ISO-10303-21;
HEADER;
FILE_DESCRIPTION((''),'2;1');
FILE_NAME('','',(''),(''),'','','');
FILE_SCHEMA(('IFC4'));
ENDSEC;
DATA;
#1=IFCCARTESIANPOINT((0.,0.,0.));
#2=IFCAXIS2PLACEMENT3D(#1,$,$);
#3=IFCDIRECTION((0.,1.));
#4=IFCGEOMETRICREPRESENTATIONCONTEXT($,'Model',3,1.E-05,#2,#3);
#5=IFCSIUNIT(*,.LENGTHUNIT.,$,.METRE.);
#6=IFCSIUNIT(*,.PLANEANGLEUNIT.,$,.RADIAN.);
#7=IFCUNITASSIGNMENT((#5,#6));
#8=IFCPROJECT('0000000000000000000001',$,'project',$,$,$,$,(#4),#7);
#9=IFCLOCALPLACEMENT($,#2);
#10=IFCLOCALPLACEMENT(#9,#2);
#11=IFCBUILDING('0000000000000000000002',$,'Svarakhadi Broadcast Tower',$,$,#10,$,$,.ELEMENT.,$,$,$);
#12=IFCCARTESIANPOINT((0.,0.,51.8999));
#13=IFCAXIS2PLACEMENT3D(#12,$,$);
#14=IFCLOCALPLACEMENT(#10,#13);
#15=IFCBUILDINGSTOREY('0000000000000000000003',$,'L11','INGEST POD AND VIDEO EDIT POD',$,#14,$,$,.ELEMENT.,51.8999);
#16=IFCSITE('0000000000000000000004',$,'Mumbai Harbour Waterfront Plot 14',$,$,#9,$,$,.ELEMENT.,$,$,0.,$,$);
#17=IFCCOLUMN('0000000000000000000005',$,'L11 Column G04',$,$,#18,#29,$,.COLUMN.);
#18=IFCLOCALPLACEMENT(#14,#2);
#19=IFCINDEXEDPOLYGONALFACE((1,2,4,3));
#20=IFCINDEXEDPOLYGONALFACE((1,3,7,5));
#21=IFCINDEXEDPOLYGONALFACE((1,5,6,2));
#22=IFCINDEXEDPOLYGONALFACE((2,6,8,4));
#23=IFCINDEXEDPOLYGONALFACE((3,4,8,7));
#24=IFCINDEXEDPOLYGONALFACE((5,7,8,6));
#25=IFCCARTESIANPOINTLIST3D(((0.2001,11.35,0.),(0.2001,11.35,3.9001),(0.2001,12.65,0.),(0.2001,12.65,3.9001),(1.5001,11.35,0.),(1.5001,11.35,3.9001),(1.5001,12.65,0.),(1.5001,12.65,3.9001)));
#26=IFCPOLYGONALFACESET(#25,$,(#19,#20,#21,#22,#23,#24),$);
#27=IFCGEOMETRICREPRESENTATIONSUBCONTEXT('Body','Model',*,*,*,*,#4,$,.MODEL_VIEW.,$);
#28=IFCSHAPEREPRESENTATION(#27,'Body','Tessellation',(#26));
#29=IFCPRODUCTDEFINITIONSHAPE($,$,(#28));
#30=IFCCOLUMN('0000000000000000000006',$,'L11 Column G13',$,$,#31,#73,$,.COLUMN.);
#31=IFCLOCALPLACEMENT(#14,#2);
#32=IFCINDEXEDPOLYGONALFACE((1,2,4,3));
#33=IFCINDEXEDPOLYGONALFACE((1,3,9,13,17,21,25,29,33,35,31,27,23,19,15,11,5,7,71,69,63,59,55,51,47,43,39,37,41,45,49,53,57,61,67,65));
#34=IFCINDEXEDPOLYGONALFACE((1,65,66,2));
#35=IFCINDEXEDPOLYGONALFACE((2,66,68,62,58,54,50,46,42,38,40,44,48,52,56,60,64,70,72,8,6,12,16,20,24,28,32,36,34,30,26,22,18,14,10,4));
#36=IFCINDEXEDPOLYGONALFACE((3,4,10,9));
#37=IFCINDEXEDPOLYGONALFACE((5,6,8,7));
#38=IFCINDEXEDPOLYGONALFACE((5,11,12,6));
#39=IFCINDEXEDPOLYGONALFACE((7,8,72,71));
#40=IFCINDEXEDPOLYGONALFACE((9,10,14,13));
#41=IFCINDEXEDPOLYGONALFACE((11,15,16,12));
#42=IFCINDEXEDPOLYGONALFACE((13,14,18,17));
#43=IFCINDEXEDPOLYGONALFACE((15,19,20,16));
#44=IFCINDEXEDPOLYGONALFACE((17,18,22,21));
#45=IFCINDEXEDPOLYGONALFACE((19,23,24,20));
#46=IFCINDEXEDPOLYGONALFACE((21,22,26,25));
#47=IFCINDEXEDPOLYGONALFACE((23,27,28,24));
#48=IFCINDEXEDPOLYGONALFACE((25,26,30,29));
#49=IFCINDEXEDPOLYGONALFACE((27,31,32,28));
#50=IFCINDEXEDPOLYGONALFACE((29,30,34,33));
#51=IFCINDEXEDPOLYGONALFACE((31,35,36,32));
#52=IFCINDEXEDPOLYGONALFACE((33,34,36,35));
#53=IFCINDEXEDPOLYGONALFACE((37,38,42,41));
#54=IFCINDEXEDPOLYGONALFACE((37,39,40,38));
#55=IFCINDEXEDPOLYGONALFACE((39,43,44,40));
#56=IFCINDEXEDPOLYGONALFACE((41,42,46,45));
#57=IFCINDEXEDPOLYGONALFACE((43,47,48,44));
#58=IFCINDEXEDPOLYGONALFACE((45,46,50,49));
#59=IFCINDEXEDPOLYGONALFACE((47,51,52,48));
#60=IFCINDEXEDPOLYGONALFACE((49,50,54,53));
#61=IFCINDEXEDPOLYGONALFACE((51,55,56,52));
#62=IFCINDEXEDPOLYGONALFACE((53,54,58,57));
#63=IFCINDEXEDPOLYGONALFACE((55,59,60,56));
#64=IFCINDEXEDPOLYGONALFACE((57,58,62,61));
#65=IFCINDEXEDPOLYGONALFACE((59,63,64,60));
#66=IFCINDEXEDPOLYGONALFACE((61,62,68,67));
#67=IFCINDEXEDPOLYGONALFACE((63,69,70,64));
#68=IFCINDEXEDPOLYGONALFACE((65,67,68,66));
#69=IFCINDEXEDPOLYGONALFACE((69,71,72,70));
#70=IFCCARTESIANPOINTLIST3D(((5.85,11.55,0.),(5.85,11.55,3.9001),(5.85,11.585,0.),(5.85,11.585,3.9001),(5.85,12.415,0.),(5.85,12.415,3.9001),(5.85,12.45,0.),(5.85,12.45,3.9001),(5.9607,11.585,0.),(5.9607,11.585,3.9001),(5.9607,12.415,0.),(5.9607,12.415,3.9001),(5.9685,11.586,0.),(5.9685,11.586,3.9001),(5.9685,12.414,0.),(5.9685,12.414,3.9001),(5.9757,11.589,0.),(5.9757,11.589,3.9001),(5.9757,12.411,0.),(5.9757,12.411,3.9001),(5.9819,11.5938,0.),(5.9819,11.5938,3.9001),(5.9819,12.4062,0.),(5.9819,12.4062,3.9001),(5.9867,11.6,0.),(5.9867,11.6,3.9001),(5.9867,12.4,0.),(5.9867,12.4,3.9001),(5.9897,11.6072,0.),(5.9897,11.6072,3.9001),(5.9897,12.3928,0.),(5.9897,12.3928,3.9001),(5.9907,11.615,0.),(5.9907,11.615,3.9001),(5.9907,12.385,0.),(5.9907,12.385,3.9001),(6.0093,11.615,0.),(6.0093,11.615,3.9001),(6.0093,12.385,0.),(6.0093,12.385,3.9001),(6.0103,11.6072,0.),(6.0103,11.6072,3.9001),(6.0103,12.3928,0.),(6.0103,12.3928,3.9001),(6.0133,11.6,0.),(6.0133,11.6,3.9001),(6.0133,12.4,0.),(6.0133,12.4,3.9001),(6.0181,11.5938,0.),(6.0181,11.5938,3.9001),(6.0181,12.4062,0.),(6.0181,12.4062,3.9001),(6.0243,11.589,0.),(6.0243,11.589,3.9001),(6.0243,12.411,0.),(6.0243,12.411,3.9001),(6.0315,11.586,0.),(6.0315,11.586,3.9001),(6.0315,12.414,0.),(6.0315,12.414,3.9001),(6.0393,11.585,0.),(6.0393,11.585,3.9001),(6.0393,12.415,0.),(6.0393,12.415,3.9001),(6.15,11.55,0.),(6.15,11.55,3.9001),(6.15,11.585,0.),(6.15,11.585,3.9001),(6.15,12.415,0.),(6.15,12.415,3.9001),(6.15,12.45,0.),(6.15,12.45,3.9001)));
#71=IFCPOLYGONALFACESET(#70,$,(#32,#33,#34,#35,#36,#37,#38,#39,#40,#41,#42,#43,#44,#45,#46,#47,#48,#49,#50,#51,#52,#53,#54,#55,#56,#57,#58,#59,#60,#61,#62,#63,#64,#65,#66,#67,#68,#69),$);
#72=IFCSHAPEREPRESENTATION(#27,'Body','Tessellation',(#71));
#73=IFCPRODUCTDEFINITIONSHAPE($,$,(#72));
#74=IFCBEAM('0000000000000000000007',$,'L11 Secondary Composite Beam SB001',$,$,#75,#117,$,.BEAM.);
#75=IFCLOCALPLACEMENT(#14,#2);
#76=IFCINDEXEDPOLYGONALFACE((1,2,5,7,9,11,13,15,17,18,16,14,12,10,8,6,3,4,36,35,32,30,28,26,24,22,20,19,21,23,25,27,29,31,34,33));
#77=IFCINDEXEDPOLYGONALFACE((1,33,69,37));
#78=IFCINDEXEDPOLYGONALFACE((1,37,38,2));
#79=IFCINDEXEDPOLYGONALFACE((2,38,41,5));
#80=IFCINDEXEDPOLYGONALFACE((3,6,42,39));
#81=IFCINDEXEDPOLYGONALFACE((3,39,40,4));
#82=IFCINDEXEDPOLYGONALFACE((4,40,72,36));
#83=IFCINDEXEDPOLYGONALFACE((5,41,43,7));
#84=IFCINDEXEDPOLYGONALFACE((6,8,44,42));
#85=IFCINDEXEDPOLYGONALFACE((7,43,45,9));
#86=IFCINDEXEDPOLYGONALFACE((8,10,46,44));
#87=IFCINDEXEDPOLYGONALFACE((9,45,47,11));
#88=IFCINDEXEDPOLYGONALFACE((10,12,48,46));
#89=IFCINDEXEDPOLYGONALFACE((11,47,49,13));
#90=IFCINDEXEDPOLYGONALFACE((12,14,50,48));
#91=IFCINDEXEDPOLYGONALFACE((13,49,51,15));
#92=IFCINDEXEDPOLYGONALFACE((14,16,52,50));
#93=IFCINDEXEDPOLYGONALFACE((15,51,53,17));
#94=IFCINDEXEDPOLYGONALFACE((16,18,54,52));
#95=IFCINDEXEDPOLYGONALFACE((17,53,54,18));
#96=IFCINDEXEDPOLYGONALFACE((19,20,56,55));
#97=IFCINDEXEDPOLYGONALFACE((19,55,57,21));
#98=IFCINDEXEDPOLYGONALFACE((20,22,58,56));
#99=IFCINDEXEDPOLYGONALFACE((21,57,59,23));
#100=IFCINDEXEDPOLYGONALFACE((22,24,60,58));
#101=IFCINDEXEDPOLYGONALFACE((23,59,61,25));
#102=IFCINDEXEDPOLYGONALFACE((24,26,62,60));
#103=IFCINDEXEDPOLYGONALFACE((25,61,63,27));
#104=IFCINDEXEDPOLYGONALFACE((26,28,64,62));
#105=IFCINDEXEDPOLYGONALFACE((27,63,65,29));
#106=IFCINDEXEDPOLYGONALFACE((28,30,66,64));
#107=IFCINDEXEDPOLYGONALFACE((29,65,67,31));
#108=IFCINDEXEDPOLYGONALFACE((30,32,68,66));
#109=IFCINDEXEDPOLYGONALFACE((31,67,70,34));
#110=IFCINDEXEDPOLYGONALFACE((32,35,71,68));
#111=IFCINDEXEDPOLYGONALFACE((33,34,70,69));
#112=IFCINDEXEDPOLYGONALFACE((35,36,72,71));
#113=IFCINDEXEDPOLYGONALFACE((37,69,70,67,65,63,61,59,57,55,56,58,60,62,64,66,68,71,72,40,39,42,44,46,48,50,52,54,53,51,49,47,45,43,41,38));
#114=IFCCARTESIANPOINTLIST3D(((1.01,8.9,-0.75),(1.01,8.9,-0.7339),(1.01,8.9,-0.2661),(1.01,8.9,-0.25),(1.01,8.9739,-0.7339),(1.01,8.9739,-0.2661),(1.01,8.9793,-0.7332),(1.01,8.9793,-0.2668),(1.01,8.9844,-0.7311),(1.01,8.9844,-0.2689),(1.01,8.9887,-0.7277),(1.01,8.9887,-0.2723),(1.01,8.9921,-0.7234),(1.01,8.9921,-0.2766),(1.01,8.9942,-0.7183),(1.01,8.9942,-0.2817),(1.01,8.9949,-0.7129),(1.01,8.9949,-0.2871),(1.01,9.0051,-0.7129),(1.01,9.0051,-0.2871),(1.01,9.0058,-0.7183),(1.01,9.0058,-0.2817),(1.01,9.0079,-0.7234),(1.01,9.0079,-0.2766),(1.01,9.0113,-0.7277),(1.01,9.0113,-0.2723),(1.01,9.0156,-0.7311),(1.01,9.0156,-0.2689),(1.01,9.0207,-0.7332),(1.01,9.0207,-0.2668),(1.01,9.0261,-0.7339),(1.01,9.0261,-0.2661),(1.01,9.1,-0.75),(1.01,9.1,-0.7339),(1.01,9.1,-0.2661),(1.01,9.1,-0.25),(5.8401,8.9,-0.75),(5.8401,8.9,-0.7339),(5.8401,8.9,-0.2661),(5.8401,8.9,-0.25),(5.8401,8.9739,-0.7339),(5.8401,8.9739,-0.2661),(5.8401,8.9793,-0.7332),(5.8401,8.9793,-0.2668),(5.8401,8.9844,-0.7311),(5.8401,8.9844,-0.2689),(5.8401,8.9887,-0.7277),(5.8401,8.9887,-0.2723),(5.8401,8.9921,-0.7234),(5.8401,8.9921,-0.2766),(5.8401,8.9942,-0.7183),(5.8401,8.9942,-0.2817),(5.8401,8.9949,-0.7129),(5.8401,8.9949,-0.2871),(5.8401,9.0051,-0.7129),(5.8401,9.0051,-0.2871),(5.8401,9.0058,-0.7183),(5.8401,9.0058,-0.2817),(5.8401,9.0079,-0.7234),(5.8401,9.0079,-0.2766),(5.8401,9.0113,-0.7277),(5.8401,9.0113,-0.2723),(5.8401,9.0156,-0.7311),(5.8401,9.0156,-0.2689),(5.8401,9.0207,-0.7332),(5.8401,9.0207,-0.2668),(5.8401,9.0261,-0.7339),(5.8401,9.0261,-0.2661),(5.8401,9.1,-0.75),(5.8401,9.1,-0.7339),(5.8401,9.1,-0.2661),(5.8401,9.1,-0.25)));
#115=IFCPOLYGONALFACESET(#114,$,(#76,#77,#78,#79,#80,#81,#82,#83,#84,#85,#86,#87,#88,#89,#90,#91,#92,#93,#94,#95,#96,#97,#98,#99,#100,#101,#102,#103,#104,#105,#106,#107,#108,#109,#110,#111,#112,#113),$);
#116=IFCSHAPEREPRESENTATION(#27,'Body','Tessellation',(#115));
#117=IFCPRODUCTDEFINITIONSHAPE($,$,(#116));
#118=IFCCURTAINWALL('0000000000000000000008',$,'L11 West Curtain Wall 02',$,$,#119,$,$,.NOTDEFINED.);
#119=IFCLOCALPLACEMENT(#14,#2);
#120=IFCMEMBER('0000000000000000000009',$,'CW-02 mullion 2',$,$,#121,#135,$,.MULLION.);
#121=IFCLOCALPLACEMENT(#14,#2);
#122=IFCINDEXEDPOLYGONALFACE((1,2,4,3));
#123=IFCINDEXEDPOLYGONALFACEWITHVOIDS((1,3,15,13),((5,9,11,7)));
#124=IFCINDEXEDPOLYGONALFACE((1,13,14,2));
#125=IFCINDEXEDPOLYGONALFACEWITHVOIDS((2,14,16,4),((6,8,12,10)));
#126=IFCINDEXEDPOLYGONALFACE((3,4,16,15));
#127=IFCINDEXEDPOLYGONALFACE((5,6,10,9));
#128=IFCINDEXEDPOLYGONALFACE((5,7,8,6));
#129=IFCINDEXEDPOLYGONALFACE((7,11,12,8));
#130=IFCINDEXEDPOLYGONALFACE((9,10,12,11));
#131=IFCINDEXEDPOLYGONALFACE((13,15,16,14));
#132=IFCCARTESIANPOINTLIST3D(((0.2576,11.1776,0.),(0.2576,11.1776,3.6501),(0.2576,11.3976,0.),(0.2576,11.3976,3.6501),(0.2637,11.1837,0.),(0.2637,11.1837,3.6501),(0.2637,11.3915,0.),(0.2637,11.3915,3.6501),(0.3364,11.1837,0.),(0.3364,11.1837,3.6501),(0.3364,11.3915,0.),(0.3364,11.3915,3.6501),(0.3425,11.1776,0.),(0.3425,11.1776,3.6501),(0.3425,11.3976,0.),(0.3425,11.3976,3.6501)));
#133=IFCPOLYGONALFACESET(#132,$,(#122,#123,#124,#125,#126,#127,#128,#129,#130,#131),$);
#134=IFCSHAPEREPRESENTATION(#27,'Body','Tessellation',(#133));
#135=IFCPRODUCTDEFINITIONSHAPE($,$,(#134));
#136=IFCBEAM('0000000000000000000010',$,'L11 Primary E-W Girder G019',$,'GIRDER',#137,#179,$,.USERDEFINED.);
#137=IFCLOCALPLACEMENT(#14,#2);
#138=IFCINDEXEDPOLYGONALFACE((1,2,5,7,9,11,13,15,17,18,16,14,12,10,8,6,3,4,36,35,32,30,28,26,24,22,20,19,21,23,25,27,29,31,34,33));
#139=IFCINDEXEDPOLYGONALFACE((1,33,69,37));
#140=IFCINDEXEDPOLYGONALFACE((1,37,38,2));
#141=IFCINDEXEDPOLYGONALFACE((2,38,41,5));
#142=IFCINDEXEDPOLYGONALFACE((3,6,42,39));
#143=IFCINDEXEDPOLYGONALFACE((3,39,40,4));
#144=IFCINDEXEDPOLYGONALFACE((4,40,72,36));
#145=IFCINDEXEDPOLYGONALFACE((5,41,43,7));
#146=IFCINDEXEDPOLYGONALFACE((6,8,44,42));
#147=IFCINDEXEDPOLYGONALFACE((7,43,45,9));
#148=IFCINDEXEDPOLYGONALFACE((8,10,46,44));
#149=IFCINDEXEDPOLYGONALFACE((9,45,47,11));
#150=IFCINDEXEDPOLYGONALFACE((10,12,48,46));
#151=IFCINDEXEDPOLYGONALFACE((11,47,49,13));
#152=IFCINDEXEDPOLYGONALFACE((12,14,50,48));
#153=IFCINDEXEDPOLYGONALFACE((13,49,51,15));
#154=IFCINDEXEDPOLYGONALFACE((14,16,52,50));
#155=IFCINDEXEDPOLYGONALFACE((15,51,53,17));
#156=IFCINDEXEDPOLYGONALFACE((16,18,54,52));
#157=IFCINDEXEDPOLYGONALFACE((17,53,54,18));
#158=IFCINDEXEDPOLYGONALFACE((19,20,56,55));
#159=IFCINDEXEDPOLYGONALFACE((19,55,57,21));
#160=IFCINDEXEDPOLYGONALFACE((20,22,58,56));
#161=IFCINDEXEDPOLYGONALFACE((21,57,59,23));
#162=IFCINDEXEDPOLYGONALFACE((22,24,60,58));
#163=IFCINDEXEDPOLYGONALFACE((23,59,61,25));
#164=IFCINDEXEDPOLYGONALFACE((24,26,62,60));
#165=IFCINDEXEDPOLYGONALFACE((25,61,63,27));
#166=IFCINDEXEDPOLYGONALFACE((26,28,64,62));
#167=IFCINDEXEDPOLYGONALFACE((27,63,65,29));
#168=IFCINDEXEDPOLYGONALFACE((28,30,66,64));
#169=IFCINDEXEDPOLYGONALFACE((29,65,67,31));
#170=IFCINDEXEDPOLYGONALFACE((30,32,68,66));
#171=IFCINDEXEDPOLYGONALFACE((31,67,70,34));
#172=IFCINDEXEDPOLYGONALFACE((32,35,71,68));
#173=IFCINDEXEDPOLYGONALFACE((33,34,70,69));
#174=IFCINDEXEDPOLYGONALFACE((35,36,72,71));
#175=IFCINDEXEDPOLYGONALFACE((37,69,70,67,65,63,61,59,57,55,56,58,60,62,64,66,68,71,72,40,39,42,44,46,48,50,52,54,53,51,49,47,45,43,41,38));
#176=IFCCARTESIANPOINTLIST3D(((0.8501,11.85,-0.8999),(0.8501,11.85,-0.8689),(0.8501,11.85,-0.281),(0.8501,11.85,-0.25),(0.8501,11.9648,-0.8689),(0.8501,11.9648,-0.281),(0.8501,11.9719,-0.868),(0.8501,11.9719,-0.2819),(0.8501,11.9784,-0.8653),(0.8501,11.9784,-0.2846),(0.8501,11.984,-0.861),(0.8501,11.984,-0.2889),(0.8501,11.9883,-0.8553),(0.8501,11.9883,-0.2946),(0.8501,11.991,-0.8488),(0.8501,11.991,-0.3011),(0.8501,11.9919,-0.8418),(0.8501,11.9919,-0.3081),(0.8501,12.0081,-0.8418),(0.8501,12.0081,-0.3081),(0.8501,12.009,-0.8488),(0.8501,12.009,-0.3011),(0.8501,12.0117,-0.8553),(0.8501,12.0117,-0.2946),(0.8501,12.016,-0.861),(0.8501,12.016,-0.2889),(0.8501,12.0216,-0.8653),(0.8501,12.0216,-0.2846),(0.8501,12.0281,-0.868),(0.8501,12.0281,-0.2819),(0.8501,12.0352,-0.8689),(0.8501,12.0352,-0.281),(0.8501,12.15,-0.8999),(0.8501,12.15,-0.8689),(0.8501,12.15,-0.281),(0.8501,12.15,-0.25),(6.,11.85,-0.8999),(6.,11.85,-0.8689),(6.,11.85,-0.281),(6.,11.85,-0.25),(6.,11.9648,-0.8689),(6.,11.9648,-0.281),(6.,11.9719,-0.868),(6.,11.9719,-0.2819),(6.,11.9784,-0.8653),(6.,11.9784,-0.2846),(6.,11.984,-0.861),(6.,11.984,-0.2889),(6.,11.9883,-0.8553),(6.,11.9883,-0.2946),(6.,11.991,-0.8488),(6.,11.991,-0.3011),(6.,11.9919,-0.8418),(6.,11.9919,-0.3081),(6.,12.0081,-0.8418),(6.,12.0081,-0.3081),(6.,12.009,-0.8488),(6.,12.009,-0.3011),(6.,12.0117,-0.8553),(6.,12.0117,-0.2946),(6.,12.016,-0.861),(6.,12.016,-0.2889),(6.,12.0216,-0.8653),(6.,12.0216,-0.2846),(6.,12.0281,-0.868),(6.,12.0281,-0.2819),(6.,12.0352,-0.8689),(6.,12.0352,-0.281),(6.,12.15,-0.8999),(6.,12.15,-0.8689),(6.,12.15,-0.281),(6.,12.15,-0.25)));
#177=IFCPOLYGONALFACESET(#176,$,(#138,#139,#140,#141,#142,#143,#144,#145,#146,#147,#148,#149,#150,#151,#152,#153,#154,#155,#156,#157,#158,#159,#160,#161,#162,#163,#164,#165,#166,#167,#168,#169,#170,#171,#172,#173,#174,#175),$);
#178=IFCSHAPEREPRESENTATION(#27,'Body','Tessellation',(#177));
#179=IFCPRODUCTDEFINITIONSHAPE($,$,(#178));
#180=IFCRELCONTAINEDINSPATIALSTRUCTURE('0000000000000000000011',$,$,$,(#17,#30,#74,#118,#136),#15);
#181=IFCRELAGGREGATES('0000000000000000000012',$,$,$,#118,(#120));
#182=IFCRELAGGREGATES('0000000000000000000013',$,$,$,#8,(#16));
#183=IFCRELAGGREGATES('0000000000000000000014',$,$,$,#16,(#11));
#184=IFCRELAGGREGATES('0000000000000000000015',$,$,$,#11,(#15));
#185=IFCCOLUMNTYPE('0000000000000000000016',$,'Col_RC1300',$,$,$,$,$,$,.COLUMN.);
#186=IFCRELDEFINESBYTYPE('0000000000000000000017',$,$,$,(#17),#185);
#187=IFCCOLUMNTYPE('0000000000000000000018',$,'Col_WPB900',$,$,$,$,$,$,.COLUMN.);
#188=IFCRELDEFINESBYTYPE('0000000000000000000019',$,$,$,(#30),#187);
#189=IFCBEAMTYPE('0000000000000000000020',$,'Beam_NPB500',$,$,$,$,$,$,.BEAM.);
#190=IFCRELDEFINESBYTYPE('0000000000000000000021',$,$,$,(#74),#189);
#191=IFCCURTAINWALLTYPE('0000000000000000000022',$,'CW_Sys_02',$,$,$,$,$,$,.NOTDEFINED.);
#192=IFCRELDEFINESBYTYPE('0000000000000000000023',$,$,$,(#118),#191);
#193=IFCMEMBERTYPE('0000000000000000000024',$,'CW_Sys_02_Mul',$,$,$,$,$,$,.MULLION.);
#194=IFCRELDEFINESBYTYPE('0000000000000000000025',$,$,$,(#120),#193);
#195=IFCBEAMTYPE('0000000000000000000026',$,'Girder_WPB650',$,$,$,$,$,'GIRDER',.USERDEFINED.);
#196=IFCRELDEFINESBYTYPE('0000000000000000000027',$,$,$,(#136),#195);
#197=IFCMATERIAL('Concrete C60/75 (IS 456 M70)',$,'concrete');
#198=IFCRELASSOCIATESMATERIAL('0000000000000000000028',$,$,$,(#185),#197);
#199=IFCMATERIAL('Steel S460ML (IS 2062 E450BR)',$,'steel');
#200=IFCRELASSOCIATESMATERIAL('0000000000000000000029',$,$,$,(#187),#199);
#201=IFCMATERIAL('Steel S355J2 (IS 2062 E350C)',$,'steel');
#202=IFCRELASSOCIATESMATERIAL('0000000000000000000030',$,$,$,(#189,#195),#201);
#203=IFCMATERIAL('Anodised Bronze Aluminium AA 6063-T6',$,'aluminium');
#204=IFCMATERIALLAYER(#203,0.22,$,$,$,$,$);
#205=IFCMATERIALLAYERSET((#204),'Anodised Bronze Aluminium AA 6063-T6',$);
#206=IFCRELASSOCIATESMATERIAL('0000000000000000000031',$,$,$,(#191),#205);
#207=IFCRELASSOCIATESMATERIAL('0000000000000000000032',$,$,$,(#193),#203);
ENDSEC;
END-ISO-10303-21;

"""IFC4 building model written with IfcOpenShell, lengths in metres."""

from ifc_helpers import new_model, si_unit, direction, frame, origin, origin_2d, place, context, subcontext, project, spatial, rectangle, hollow_rectangle, i_section, extrude, material, layer, layer_set, material_profile, profile_set, type_object, element, aggregate, save


model = new_model("IFC4")

# Units and contexts
model_context = context("Model", 3, precision=1e-05, world=origin(), true_north=direction((0.0, 1.0)))
body_context = subcontext(model_context, "Body", "Model", "MODEL_VIEW")
ifc_project = project(units=[si_unit("LENGTHUNIT", "METRE"), si_unit("PLANEANGLEUNIT", "RADIAN")], contexts=[model_context])

# Site, building, storey
site_placement = place(None, origin())
site = spatial("IfcSite", under=ifc_project, at=site_placement, Name="Mumbai Harbour Waterfront Plot 14", CompositionType="ELEMENT", RefElevation=0.0)
building_placement = place(site_placement, origin())
building = spatial("IfcBuilding", under=site, at=building_placement, Name="Svarakhadi Broadcast Tower", CompositionType="ELEMENT")
storey_placement = place(building_placement, frame((0.0, 0.0, 51.8999)))
storey = spatial("IfcBuildingStorey", under=building, at=storey_placement, Name="L11", Description="INGEST POD AND VIDEO EDIT POD", CompositionType="ELEMENT", Elevation=51.8999)

# Columns
ifc_material_1 = material(Name="Concrete C60/75 (IS 456 M70)", Category="concrete")
ifc_material_profile_1 = material_profile(ifc_material_1, rectangle(XDim=1.3, YDim=1.3, at=origin_2d()), Name="RC 1300x1300")
ifc_profile_set_1 = profile_set([ifc_material_profile_1], Name="Concrete C60/75 (IS 456 M70)")
column_type_1 = type_object("IfcColumnType", Name="Col_RC1300", PredefinedType="COLUMN", material=ifc_profile_set_1)
column_1_placement = place(storey_placement, frame((0.8501, 12.0, 0.0), z_axis=(0.0, 0.0, 1.0), x_axis=(1.0, 0.0, 0.0)))
element("IfcColumn", 1, at=column_1_placement, inside=storey, type_object=column_type_1, Name="L11 Column G04", PredefinedType="COLUMN", context=body_context, shape_type="SweptSolid", body=[
    extrude(rectangle(XDim=1.3, YDim=1.3, at=origin_2d()), origin(), (0.0, 0.0, 1.0), 3.9001),
])
ifc_material_2 = material(Name="Steel S460ML (IS 2062 E450BR)", Category="steel")
ifc_material_profile_2 = material_profile(ifc_material_2, i_section(OverallWidth=0.3, OverallDepth=0.8999, WebThickness=0.0186, FlangeThickness=0.0349, FilletRadius=0.03, at=origin_2d()), Name="WPB 900x300x291")
ifc_profile_set_2 = profile_set([ifc_material_profile_2], Name="Steel S460ML (IS 2062 E450BR)")
column_type_2 = type_object("IfcColumnType", Name="Col_WPB900", PredefinedType="COLUMN", material=ifc_profile_set_2)
column_2_placement = place(storey_placement, frame((6.0, 12.0, 0.0), z_axis=(0.0, 0.0, 1.0), x_axis=(1.0, 0.0, 0.0)))
element("IfcColumn", 2, at=column_2_placement, inside=storey, type_object=column_type_2, Name="L11 Column G13", PredefinedType="COLUMN", context=body_context, shape_type="SweptSolid", body=[
    extrude(i_section(OverallWidth=0.3, OverallDepth=0.8999, WebThickness=0.0186, FlangeThickness=0.0349, FilletRadius=0.03, at=origin_2d()), origin(), (0.0, 0.0, 1.0), 3.9001),
])

# Beam
ifc_material_3 = material(Name="Steel S355J2 (IS 2062 E350C)", Category="steel")
ifc_material_profile_3 = material_profile(ifc_material_3, i_section(OverallWidth=0.2, OverallDepth=0.5, WebThickness=0.0103, FlangeThickness=0.0161, FilletRadius=0.021, at=origin_2d()), Name="NPB 500x200x91")
ifc_profile_set_3 = profile_set([ifc_material_profile_3], Name="Steel S355J2 (IS 2062 E350C)")
beam_type_1 = type_object("IfcBeamType", Name="Beam_NPB500", PredefinedType="BEAM", material=ifc_profile_set_3)
beam_1_placement = place(storey_placement, frame((1.01, 9.0, -0.5), z_axis=(1.0, 0.0, 0.0), x_axis=(0.0, 1.0, 0.0)))
element("IfcBeam", 3, at=beam_1_placement, inside=storey, type_object=beam_type_1, Name="L11 Secondary Composite Beam SB001", PredefinedType="BEAM", context=body_context, shape_type="SweptSolid", body=[
    extrude(i_section(OverallWidth=0.2, OverallDepth=0.5, WebThickness=0.0103, FlangeThickness=0.0161, FilletRadius=0.021, at=origin_2d()), origin(), (0.0, 0.0, 1.0), 4.8301),
])

# Curtain wall, member
ifc_material_4 = material(Name="Anodised Bronze Aluminium AA 6063-T6", Category="aluminium")
ifc_layer_1 = layer(ifc_material_4, 0.22)
ifc_layer_set_1 = layer_set([ifc_layer_1], Name="Anodised Bronze Aluminium AA 6063-T6")
curtain_wall_type = type_object("IfcCurtainWallType", Name="CW_Sys_02", PredefinedType="NOTDEFINED", material=ifc_layer_set_1)
curtain_wall_placement = place(storey_placement, origin())
curtain_wall = element("IfcCurtainWall", 4, at=curtain_wall_placement, inside=storey, type_object=curtain_wall_type, Name="L11 West Curtain Wall 02", PredefinedType="NOTDEFINED")
ifc_material_profile_4 = material_profile(ifc_material_4, hollow_rectangle(XDim=0.085, YDim=0.22, WallThickness=0.0061, at=origin_2d()), Name="ALU MULLION 220x85x6")
ifc_profile_set_4 = profile_set([ifc_material_profile_4], Name="Anodised Bronze Aluminium AA 6063-T6")
member_type = type_object("IfcMemberType", Name="CW_Sys_02_Mul", PredefinedType="MULLION", material=ifc_profile_set_4)
member_placement = place(storey_placement, frame((0.3, 11.2876, 0.0), z_axis=(0.0, 0.0, 1.0), x_axis=(-1.0, 0.0, 0.0)))
member = element("IfcMember", 5, at=member_placement, type_object=member_type, Name="CW-02 mullion 2", PredefinedType="MULLION", context=body_context, shape_type="SweptSolid", body=[
    extrude(hollow_rectangle(XDim=0.085, YDim=0.22, WallThickness=0.0061, at=origin_2d()), origin(), (0.0, 0.0, 1.0), 3.6501),
])

# Beam
ifc_material_profile_5 = material_profile(ifc_material_3, i_section(OverallWidth=0.3, OverallDepth=0.6499, WebThickness=0.0161, FlangeThickness=0.031, FilletRadius=0.0271, at=origin_2d()), Name="WPB 650x300x225")
ifc_profile_set_5 = profile_set([ifc_material_profile_5], Name="Steel S355J2 (IS 2062 E350C)")
beam_type_2 = type_object("IfcBeamType", Name="Girder_WPB650", ElementType="GIRDER", PredefinedType="USERDEFINED", material=ifc_profile_set_5)
beam_2_placement = place(storey_placement, frame((0.8501, 12.0, -0.575), z_axis=(1.0, 0.0, 0.0), x_axis=(0.0, 1.0, 0.0)))
element("IfcBeam", 6, at=beam_2_placement, inside=storey, type_object=beam_type_2, Name="L11 Primary E-W Girder G019", ObjectType="GIRDER", PredefinedType="USERDEFINED", context=body_context, shape_type="SweptSolid", body=[
    extrude(i_section(OverallWidth=0.3, OverallDepth=0.6499, WebThickness=0.0161, FlangeThickness=0.031, FilletRadius=0.0271, at=origin_2d()), origin(), (0.0, 0.0, 1.0), 5.1499),
])

aggregate(curtain_wall, [member])

save(model, "model.ifc")
